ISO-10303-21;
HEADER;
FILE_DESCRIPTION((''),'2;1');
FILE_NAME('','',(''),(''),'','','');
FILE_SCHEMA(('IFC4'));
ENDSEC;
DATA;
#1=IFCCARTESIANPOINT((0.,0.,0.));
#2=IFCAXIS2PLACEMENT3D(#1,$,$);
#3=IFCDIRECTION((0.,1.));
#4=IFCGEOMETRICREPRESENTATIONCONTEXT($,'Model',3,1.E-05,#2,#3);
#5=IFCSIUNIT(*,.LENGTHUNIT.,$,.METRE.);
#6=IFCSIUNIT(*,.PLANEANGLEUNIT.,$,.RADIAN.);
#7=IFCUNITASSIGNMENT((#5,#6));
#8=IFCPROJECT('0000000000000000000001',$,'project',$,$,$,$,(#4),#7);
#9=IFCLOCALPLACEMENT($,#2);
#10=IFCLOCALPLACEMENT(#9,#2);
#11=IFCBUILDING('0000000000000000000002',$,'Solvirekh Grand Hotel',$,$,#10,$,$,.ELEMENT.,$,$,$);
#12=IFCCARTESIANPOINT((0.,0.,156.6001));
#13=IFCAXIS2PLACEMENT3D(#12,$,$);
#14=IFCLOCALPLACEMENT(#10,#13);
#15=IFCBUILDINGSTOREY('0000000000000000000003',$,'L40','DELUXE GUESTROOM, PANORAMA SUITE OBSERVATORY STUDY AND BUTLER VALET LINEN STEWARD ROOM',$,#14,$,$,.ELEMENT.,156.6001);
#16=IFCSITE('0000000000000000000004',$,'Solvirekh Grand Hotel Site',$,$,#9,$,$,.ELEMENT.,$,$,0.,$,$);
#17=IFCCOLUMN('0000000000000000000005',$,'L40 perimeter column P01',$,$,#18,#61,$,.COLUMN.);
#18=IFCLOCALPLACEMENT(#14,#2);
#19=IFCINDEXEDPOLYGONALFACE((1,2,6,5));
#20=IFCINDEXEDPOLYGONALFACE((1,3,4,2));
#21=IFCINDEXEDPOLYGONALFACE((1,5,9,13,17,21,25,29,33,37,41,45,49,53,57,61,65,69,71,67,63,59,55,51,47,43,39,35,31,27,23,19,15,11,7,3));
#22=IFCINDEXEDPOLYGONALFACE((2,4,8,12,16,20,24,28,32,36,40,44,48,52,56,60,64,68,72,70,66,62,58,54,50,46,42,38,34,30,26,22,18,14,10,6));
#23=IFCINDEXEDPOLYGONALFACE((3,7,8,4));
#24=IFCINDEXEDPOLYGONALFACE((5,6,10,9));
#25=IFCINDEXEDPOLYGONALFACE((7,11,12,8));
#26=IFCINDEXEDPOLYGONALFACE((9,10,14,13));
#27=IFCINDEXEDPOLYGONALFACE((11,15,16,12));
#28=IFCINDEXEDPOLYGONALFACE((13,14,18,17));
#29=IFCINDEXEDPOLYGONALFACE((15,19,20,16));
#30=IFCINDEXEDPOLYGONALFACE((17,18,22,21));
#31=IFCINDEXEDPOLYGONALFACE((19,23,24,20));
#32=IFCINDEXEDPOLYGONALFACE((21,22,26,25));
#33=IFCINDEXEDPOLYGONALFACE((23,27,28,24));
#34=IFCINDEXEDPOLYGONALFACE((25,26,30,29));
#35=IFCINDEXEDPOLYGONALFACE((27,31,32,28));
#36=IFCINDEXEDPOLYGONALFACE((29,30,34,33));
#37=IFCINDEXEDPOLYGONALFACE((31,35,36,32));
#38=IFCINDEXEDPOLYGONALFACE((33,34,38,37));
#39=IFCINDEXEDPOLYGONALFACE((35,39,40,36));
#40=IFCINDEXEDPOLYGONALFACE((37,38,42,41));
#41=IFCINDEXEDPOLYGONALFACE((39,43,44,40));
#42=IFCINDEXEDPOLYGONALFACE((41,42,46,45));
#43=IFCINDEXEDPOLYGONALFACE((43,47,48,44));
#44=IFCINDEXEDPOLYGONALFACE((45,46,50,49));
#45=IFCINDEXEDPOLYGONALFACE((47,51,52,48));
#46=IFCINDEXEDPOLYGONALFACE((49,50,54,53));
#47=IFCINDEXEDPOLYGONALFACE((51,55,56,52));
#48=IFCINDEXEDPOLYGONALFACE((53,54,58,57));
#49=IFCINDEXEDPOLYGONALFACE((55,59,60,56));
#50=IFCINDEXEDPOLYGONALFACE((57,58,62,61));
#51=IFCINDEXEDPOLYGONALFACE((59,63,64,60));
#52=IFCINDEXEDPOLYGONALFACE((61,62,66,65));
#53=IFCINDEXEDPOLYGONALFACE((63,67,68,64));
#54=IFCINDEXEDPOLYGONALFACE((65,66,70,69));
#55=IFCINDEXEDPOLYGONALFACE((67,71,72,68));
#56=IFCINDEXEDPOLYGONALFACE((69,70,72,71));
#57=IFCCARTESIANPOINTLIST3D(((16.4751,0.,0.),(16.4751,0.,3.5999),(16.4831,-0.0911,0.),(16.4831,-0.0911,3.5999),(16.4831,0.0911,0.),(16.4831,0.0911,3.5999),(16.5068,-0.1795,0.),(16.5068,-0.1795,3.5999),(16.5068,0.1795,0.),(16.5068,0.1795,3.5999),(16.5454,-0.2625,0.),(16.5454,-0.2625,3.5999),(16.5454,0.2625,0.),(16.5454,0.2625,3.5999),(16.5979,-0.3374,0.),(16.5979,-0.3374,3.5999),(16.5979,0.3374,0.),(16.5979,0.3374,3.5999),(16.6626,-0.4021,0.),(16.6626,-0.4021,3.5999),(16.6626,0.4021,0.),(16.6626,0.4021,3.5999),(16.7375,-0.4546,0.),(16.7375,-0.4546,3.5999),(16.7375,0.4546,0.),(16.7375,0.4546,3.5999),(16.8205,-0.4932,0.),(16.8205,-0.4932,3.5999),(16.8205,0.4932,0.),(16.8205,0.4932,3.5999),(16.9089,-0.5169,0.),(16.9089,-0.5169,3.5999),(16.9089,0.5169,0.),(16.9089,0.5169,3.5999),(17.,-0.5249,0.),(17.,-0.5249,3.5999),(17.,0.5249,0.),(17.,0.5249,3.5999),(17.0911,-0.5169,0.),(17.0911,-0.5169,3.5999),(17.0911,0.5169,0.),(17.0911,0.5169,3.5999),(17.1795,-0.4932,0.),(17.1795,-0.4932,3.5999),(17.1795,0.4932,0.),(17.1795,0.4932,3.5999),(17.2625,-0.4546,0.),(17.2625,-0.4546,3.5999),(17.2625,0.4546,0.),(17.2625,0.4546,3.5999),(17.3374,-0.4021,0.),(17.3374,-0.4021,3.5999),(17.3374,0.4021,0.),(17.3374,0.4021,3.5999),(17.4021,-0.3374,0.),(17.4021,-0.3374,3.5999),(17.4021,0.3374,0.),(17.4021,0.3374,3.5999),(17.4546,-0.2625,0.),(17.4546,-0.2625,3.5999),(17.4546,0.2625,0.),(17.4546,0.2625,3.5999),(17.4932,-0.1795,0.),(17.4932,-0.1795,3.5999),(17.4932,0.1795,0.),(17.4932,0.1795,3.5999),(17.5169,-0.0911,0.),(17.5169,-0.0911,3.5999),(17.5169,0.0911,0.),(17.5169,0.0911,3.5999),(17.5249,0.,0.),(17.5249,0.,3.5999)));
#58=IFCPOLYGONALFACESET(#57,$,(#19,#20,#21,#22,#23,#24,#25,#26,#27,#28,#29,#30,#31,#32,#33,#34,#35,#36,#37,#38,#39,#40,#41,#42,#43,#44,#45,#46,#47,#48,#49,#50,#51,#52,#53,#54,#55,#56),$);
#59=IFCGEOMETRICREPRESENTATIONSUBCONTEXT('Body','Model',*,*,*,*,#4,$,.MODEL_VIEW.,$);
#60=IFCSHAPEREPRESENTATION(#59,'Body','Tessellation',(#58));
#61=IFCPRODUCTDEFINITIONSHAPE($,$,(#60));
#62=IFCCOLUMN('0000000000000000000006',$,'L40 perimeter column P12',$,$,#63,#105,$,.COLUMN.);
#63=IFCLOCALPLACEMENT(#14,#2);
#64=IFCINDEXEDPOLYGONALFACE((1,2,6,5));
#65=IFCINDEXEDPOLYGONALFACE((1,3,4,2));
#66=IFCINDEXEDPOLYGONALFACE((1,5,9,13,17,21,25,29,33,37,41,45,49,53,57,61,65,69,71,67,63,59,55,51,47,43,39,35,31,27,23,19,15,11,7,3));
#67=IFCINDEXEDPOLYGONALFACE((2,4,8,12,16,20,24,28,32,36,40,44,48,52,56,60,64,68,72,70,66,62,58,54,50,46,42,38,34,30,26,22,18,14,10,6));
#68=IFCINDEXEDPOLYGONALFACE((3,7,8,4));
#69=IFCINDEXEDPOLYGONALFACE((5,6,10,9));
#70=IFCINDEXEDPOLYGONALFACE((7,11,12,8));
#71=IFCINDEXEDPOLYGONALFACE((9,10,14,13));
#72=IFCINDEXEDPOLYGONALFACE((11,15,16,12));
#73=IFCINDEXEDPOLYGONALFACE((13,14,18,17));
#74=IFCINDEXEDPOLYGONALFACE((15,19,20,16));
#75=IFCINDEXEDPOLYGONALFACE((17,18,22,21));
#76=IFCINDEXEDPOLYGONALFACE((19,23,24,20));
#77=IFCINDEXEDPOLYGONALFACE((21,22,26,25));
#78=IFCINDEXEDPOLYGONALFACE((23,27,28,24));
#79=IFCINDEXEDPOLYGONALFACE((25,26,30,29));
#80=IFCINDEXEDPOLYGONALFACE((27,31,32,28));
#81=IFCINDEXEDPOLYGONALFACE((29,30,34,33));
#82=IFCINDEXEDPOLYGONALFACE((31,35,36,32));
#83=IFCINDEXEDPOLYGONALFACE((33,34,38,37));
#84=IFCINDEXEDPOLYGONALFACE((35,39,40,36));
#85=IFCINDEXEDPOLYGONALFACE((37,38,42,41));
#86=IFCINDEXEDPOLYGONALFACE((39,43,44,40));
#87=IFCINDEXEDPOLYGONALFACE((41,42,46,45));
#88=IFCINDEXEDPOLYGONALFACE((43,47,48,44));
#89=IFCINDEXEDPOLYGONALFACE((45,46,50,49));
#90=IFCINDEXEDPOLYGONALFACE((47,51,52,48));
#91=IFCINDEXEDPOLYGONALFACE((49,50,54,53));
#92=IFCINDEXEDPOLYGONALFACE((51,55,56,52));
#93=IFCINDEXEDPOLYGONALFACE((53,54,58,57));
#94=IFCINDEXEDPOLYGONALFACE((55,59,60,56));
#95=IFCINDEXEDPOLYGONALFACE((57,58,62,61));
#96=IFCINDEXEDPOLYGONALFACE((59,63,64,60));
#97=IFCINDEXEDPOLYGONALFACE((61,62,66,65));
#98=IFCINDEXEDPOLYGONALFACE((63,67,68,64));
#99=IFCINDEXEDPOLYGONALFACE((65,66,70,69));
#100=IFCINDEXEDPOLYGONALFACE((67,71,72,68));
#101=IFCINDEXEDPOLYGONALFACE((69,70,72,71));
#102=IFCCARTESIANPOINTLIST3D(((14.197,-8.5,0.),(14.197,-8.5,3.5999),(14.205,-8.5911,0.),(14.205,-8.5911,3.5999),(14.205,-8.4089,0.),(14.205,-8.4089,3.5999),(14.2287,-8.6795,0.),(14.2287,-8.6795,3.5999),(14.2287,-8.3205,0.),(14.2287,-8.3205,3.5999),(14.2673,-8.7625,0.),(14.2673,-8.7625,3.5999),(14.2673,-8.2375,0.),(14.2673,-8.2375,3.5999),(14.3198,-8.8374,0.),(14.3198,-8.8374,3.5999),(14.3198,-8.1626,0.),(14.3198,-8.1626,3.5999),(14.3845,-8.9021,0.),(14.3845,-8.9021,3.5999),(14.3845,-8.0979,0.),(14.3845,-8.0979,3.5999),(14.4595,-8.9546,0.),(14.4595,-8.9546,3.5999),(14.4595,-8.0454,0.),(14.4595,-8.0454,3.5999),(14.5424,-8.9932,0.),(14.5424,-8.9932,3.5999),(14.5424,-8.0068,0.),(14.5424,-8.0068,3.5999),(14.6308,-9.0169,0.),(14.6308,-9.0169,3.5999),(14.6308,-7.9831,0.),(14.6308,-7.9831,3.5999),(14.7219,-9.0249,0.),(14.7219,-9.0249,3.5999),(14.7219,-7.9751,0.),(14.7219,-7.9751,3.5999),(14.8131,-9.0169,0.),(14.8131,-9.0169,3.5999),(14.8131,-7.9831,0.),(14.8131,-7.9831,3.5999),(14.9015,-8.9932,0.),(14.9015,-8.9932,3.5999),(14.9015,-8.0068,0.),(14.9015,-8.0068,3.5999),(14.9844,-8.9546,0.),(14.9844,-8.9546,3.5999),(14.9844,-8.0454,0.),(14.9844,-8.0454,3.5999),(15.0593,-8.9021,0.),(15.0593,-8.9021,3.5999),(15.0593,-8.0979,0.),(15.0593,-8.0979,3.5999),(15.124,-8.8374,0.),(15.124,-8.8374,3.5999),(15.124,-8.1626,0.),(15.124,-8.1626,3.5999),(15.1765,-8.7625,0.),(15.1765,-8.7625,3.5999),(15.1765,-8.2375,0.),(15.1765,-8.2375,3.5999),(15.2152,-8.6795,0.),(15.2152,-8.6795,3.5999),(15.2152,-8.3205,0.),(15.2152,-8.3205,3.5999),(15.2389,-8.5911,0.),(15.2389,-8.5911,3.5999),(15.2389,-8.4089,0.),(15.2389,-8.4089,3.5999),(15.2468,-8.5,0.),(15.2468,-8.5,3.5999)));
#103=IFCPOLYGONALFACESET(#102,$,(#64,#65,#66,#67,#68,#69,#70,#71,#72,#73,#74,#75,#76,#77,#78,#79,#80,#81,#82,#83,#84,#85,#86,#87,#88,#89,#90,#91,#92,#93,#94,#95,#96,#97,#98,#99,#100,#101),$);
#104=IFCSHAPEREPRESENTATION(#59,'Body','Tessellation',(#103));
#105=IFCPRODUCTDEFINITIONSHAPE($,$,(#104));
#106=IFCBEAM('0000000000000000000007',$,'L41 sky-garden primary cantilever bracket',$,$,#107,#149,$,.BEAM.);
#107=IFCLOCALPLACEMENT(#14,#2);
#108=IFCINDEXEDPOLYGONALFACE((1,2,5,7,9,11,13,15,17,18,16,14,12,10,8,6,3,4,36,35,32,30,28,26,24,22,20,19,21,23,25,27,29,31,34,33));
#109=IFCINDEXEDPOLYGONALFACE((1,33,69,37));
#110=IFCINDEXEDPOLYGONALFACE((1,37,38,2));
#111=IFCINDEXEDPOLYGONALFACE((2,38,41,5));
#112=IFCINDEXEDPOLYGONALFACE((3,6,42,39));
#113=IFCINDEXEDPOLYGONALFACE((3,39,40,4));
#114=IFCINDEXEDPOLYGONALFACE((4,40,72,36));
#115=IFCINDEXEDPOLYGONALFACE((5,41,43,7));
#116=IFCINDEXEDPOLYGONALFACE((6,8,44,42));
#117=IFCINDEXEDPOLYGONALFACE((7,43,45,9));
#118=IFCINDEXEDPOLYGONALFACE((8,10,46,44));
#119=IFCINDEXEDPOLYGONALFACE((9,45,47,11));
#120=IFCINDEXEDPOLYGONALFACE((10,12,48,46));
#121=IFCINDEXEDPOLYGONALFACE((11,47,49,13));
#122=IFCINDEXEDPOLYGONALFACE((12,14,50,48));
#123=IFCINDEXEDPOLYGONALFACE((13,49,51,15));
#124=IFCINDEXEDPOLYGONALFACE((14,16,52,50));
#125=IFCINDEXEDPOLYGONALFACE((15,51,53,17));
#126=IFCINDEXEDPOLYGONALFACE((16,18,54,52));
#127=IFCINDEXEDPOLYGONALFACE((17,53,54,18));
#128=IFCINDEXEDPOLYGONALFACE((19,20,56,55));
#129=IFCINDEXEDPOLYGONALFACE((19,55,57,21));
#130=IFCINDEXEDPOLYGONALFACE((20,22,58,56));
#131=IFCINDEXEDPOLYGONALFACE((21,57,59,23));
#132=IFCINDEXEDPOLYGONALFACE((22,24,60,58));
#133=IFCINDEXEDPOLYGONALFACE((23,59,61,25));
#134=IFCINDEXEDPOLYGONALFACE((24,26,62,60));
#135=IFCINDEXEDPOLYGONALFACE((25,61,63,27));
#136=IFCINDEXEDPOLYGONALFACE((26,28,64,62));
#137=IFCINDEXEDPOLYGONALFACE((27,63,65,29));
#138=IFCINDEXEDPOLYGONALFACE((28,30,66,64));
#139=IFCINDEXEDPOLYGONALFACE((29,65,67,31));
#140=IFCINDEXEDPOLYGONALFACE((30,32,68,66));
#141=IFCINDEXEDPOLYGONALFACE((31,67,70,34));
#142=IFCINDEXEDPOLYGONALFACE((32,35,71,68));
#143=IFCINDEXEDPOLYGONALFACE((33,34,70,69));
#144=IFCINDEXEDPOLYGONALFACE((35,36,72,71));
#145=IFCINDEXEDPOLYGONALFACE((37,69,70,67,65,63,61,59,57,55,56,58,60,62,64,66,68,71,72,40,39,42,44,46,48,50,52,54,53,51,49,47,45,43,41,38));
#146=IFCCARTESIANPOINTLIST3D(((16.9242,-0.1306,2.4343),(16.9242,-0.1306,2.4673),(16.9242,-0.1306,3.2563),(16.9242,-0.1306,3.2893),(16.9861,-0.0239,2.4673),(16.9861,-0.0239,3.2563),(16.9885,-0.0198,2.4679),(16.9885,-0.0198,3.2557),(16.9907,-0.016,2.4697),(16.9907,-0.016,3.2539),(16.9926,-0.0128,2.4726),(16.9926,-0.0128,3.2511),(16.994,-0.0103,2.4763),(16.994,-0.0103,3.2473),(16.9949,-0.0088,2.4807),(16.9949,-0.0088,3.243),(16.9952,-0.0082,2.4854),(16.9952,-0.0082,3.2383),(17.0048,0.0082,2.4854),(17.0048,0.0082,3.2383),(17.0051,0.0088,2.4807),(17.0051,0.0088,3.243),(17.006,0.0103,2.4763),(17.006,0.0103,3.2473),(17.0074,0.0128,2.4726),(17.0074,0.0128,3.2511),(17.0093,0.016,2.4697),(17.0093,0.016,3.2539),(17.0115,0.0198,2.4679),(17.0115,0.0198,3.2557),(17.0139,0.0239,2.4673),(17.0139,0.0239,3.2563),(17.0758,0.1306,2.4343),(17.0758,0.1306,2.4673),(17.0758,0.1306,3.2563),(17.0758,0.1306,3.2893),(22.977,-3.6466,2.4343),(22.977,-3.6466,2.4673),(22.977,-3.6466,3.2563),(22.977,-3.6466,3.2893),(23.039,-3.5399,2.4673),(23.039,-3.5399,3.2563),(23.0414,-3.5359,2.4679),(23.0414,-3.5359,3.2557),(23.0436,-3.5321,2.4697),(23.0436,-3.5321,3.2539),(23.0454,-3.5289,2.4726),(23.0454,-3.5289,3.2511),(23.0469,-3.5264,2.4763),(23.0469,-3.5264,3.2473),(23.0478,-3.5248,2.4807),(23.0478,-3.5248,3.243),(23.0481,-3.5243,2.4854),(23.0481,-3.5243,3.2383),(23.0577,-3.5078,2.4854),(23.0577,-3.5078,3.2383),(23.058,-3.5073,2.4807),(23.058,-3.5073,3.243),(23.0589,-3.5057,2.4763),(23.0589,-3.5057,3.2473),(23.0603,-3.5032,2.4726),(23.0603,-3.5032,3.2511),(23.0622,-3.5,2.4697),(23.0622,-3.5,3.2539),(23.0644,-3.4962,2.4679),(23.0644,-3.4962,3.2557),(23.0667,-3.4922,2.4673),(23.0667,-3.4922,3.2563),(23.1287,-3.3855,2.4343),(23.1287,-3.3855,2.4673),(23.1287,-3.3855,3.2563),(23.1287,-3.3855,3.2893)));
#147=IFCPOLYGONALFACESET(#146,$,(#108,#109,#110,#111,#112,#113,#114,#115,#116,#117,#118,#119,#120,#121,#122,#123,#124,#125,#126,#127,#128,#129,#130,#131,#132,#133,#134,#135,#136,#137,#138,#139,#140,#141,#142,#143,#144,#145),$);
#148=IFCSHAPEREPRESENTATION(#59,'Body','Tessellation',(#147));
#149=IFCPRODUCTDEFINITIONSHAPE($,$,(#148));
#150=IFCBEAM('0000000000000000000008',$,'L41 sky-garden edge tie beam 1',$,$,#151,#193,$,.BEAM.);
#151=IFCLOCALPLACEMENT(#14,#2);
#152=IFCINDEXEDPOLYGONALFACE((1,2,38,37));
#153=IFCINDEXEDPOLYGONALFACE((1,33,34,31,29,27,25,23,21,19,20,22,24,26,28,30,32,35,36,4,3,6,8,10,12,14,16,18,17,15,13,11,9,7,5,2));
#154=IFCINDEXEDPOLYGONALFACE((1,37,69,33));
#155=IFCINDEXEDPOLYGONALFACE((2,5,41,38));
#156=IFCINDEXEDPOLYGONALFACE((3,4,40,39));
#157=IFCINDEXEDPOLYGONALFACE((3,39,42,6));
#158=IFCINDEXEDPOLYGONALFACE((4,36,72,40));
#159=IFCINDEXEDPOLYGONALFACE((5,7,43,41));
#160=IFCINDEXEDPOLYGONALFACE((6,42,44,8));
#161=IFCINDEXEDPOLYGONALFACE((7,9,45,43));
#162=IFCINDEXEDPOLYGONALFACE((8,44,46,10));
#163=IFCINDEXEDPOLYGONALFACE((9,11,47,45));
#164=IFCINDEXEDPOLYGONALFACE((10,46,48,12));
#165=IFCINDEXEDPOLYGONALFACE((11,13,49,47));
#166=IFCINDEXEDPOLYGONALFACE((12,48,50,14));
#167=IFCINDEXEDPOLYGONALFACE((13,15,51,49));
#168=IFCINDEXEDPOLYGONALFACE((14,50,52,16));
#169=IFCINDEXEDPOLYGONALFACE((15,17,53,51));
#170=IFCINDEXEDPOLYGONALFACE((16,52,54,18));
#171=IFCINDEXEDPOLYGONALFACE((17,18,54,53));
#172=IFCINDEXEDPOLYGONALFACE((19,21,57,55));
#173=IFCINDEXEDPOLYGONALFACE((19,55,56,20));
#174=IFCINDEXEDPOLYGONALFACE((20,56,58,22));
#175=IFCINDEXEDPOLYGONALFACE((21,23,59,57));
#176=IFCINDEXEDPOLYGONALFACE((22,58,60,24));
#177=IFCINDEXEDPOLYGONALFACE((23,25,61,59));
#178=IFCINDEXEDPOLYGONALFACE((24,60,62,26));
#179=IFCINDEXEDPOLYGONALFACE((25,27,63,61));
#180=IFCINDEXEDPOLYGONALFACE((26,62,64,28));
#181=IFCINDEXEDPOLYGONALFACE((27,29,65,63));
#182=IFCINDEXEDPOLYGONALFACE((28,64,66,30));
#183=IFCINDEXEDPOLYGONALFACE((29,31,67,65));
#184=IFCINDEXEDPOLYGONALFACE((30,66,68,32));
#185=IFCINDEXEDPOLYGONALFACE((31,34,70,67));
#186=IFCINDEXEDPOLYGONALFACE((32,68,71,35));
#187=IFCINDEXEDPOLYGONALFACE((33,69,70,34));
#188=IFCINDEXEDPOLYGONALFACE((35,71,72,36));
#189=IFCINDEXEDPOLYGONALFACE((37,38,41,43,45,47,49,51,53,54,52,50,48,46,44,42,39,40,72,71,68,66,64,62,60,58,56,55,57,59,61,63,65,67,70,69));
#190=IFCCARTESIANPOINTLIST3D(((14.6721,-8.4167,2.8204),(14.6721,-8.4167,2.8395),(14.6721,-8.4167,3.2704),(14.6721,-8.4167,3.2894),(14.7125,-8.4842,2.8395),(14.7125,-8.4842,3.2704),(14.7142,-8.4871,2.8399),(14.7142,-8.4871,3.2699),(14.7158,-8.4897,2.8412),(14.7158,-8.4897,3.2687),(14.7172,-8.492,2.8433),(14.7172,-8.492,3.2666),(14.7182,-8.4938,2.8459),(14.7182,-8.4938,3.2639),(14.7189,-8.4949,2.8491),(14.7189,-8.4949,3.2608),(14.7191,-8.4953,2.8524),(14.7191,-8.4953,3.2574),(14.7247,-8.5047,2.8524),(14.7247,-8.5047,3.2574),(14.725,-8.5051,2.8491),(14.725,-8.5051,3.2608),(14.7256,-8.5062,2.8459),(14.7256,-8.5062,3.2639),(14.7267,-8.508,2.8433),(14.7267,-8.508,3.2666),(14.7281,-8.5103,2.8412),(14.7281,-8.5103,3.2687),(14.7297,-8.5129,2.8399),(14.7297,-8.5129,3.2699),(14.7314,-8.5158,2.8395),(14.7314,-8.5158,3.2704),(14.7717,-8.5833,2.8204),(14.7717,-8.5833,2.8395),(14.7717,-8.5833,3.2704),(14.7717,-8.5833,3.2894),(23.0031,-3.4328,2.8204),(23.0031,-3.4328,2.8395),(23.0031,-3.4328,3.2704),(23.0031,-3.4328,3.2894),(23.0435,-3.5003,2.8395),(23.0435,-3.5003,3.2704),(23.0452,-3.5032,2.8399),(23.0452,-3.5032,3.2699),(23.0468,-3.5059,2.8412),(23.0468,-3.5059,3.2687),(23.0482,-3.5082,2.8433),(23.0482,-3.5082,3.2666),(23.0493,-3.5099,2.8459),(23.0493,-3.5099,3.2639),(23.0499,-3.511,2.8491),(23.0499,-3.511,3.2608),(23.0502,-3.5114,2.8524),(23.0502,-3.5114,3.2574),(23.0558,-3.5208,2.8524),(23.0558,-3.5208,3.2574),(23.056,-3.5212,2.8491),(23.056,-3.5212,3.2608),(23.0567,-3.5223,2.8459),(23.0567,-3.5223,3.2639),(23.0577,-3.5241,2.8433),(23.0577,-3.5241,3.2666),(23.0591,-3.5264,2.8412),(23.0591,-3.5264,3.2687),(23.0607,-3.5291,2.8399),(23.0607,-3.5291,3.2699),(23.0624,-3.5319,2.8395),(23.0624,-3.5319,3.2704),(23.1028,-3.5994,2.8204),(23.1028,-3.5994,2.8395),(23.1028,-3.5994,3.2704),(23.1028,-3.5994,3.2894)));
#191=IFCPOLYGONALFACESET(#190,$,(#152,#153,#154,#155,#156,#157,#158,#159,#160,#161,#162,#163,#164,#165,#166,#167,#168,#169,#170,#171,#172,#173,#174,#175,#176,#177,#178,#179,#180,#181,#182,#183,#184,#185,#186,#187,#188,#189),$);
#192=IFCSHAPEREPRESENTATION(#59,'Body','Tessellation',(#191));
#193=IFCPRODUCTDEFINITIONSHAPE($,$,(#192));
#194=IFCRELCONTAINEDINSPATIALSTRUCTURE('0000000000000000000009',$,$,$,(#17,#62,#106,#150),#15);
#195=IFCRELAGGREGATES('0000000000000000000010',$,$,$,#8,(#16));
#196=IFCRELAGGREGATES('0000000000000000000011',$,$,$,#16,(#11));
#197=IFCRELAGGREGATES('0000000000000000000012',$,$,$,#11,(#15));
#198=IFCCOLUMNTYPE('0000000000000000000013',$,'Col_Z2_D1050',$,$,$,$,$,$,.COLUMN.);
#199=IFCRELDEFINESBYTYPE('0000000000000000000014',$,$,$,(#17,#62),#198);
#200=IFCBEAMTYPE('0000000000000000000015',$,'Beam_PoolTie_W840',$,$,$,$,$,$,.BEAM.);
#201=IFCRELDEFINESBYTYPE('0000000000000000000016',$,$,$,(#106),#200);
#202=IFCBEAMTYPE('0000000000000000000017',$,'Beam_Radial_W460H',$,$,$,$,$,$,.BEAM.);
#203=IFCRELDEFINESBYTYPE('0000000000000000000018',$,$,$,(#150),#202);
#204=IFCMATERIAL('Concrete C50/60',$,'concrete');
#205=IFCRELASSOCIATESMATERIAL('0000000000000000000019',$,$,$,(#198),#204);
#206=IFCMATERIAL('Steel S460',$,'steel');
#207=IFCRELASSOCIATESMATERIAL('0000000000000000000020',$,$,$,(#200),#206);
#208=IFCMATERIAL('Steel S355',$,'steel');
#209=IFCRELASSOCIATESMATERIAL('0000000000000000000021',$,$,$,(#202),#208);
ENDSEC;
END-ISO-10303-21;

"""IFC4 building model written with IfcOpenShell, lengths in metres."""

from ifc_helpers import new_model, si_unit, direction, frame, origin, origin_2d, place, context, subcontext, project, spatial, circle, i_section, extrude, material, material_profile, profile_set, type_object, element, save


model = new_model("IFC4")

# Units and contexts
model_context = context("Model", 3, precision=1e-05, world=origin(), true_north=direction((0.0, 1.0)))
body_context = subcontext(model_context, "Body", "Model", "MODEL_VIEW")
ifc_project = project(units=[si_unit("LENGTHUNIT", "METRE"), si_unit("PLANEANGLEUNIT", "RADIAN")], contexts=[model_context])

# Site, building, storey
site_placement = place(None, origin())
site = spatial("IfcSite", under=ifc_project, at=site_placement, Name="Solvirekh Grand Hotel Site", CompositionType="ELEMENT", RefElevation=0.0)
building_placement = place(site_placement, origin())
building = spatial("IfcBuilding", under=site, at=building_placement, Name="Solvirekh Grand Hotel", CompositionType="ELEMENT")
storey_placement = place(building_placement, frame((0.0, 0.0, 156.6001)))
storey = spatial("IfcBuildingStorey", under=building, at=storey_placement, Name="L40", Description="DELUXE GUESTROOM, PANORAMA SUITE OBSERVATORY STUDY AND BUTLER VALET LINEN STEWARD ROOM", CompositionType="ELEMENT", Elevation=156.6001)

# Columns
ifc_material_1 = material(Name="Concrete C50/60", Category="concrete")
ifc_material_profile_1 = material_profile(ifc_material_1, circle(Radius=0.5249, at=origin_2d()), Name="RC CIRC D1050")
ifc_profile_set_1 = profile_set([ifc_material_profile_1], Name="Concrete C50/60")
column_type = type_object("IfcColumnType", Name="Col_Z2_D1050", PredefinedType="COLUMN", material=ifc_profile_set_1)
for number, where, z_axis, x_axis, name in (
    (1, (17.0, 0.0, 0.0), (0.0, 0.0, 1.0), (1.0, 0.0, 0.0), "L40 perimeter column P01"),
    (2, (14.7219, -8.5, 0.0), (0.0, 0.0, 1.0), (1.0, 0.0, 0.0), "L40 perimeter column P12"),
):
    element("IfcColumn", number, at=place(storey_placement, frame(where, z_axis=z_axis, x_axis=x_axis)), inside=storey, type_object=column_type, Name=name, PredefinedType="COLUMN", context=body_context, shape_type="SweptSolid", body=[
        extrude(circle(Radius=0.5249, at=origin_2d()), origin(), (0.0, 0.0, 1.0), 3.5999),
    ])

# Beams
ifc_material_2 = material(Name="Steel S460", Category="steel")
ifc_material_profile_2 = material_profile(ifc_material_2, i_section(OverallWidth=0.302, OverallDepth=0.855, WebThickness=0.019, FlangeThickness=0.033, FilletRadius=0.0181, at=origin_2d()), Name="W840X299")
ifc_profile_set_2 = profile_set([ifc_material_profile_2], Name="Steel S460")
beam_type_1 = type_object("IfcBeamType", Name="Beam_PoolTie_W840", PredefinedType="BEAM", material=ifc_profile_set_2)
beam_1_placement = place(storey_placement, frame((17.0, 0.0, 2.8618), z_axis=(0.864697, -0.502294, 0.0), x_axis=(0.502294, 0.864697, 0.0)))
element("IfcBeam", 3, at=beam_1_placement, inside=storey, type_object=beam_type_1, Name="L41 sky-garden primary cantilever bracket", PredefinedType="BEAM", context=body_context, shape_type="SweptSolid", body=[
    extrude(i_section(OverallWidth=0.302, OverallDepth=0.855, WebThickness=0.019, FlangeThickness=0.033, FilletRadius=0.0181, at=origin_2d()), origin(), (0.0, 0.0, 1.0), 7.0),
])
ifc_material_3 = material(Name="Steel S355", Category="steel")
ifc_material_profile_3 = material_profile(ifc_material_3, i_section(OverallWidth=0.1941, OverallDepth=0.469, WebThickness=0.011, FlangeThickness=0.019, FilletRadius=0.0129, at=origin_2d()), Name="W460X106")
ifc_profile_set_3 = profile_set([ifc_material_profile_3], Name="Steel S355")
beam_type_2 = type_object("IfcBeamType", Name="Beam_Radial_W460H", PredefinedType="BEAM", material=ifc_profile_set_3)
beam_2_placement = place(storey_placement, frame((14.7219, -8.5, 3.0549), z_axis=(0.858162, 0.513378, 0.0), x_axis=(-0.513378, 0.858162, 0.0)))
element("IfcBeam", 4, at=beam_2_placement, inside=storey, type_object=beam_type_2, Name="L41 sky-garden edge tie beam 1", PredefinedType="BEAM", context=body_context, shape_type="SweptSolid", body=[
    extrude(i_section(OverallWidth=0.1941, OverallDepth=0.469, WebThickness=0.011, FlangeThickness=0.019, FilletRadius=0.0129, at=origin_2d()), origin(), (0.0, 0.0, 1.0), 9.708),
])

save(model, "model.ifc")
